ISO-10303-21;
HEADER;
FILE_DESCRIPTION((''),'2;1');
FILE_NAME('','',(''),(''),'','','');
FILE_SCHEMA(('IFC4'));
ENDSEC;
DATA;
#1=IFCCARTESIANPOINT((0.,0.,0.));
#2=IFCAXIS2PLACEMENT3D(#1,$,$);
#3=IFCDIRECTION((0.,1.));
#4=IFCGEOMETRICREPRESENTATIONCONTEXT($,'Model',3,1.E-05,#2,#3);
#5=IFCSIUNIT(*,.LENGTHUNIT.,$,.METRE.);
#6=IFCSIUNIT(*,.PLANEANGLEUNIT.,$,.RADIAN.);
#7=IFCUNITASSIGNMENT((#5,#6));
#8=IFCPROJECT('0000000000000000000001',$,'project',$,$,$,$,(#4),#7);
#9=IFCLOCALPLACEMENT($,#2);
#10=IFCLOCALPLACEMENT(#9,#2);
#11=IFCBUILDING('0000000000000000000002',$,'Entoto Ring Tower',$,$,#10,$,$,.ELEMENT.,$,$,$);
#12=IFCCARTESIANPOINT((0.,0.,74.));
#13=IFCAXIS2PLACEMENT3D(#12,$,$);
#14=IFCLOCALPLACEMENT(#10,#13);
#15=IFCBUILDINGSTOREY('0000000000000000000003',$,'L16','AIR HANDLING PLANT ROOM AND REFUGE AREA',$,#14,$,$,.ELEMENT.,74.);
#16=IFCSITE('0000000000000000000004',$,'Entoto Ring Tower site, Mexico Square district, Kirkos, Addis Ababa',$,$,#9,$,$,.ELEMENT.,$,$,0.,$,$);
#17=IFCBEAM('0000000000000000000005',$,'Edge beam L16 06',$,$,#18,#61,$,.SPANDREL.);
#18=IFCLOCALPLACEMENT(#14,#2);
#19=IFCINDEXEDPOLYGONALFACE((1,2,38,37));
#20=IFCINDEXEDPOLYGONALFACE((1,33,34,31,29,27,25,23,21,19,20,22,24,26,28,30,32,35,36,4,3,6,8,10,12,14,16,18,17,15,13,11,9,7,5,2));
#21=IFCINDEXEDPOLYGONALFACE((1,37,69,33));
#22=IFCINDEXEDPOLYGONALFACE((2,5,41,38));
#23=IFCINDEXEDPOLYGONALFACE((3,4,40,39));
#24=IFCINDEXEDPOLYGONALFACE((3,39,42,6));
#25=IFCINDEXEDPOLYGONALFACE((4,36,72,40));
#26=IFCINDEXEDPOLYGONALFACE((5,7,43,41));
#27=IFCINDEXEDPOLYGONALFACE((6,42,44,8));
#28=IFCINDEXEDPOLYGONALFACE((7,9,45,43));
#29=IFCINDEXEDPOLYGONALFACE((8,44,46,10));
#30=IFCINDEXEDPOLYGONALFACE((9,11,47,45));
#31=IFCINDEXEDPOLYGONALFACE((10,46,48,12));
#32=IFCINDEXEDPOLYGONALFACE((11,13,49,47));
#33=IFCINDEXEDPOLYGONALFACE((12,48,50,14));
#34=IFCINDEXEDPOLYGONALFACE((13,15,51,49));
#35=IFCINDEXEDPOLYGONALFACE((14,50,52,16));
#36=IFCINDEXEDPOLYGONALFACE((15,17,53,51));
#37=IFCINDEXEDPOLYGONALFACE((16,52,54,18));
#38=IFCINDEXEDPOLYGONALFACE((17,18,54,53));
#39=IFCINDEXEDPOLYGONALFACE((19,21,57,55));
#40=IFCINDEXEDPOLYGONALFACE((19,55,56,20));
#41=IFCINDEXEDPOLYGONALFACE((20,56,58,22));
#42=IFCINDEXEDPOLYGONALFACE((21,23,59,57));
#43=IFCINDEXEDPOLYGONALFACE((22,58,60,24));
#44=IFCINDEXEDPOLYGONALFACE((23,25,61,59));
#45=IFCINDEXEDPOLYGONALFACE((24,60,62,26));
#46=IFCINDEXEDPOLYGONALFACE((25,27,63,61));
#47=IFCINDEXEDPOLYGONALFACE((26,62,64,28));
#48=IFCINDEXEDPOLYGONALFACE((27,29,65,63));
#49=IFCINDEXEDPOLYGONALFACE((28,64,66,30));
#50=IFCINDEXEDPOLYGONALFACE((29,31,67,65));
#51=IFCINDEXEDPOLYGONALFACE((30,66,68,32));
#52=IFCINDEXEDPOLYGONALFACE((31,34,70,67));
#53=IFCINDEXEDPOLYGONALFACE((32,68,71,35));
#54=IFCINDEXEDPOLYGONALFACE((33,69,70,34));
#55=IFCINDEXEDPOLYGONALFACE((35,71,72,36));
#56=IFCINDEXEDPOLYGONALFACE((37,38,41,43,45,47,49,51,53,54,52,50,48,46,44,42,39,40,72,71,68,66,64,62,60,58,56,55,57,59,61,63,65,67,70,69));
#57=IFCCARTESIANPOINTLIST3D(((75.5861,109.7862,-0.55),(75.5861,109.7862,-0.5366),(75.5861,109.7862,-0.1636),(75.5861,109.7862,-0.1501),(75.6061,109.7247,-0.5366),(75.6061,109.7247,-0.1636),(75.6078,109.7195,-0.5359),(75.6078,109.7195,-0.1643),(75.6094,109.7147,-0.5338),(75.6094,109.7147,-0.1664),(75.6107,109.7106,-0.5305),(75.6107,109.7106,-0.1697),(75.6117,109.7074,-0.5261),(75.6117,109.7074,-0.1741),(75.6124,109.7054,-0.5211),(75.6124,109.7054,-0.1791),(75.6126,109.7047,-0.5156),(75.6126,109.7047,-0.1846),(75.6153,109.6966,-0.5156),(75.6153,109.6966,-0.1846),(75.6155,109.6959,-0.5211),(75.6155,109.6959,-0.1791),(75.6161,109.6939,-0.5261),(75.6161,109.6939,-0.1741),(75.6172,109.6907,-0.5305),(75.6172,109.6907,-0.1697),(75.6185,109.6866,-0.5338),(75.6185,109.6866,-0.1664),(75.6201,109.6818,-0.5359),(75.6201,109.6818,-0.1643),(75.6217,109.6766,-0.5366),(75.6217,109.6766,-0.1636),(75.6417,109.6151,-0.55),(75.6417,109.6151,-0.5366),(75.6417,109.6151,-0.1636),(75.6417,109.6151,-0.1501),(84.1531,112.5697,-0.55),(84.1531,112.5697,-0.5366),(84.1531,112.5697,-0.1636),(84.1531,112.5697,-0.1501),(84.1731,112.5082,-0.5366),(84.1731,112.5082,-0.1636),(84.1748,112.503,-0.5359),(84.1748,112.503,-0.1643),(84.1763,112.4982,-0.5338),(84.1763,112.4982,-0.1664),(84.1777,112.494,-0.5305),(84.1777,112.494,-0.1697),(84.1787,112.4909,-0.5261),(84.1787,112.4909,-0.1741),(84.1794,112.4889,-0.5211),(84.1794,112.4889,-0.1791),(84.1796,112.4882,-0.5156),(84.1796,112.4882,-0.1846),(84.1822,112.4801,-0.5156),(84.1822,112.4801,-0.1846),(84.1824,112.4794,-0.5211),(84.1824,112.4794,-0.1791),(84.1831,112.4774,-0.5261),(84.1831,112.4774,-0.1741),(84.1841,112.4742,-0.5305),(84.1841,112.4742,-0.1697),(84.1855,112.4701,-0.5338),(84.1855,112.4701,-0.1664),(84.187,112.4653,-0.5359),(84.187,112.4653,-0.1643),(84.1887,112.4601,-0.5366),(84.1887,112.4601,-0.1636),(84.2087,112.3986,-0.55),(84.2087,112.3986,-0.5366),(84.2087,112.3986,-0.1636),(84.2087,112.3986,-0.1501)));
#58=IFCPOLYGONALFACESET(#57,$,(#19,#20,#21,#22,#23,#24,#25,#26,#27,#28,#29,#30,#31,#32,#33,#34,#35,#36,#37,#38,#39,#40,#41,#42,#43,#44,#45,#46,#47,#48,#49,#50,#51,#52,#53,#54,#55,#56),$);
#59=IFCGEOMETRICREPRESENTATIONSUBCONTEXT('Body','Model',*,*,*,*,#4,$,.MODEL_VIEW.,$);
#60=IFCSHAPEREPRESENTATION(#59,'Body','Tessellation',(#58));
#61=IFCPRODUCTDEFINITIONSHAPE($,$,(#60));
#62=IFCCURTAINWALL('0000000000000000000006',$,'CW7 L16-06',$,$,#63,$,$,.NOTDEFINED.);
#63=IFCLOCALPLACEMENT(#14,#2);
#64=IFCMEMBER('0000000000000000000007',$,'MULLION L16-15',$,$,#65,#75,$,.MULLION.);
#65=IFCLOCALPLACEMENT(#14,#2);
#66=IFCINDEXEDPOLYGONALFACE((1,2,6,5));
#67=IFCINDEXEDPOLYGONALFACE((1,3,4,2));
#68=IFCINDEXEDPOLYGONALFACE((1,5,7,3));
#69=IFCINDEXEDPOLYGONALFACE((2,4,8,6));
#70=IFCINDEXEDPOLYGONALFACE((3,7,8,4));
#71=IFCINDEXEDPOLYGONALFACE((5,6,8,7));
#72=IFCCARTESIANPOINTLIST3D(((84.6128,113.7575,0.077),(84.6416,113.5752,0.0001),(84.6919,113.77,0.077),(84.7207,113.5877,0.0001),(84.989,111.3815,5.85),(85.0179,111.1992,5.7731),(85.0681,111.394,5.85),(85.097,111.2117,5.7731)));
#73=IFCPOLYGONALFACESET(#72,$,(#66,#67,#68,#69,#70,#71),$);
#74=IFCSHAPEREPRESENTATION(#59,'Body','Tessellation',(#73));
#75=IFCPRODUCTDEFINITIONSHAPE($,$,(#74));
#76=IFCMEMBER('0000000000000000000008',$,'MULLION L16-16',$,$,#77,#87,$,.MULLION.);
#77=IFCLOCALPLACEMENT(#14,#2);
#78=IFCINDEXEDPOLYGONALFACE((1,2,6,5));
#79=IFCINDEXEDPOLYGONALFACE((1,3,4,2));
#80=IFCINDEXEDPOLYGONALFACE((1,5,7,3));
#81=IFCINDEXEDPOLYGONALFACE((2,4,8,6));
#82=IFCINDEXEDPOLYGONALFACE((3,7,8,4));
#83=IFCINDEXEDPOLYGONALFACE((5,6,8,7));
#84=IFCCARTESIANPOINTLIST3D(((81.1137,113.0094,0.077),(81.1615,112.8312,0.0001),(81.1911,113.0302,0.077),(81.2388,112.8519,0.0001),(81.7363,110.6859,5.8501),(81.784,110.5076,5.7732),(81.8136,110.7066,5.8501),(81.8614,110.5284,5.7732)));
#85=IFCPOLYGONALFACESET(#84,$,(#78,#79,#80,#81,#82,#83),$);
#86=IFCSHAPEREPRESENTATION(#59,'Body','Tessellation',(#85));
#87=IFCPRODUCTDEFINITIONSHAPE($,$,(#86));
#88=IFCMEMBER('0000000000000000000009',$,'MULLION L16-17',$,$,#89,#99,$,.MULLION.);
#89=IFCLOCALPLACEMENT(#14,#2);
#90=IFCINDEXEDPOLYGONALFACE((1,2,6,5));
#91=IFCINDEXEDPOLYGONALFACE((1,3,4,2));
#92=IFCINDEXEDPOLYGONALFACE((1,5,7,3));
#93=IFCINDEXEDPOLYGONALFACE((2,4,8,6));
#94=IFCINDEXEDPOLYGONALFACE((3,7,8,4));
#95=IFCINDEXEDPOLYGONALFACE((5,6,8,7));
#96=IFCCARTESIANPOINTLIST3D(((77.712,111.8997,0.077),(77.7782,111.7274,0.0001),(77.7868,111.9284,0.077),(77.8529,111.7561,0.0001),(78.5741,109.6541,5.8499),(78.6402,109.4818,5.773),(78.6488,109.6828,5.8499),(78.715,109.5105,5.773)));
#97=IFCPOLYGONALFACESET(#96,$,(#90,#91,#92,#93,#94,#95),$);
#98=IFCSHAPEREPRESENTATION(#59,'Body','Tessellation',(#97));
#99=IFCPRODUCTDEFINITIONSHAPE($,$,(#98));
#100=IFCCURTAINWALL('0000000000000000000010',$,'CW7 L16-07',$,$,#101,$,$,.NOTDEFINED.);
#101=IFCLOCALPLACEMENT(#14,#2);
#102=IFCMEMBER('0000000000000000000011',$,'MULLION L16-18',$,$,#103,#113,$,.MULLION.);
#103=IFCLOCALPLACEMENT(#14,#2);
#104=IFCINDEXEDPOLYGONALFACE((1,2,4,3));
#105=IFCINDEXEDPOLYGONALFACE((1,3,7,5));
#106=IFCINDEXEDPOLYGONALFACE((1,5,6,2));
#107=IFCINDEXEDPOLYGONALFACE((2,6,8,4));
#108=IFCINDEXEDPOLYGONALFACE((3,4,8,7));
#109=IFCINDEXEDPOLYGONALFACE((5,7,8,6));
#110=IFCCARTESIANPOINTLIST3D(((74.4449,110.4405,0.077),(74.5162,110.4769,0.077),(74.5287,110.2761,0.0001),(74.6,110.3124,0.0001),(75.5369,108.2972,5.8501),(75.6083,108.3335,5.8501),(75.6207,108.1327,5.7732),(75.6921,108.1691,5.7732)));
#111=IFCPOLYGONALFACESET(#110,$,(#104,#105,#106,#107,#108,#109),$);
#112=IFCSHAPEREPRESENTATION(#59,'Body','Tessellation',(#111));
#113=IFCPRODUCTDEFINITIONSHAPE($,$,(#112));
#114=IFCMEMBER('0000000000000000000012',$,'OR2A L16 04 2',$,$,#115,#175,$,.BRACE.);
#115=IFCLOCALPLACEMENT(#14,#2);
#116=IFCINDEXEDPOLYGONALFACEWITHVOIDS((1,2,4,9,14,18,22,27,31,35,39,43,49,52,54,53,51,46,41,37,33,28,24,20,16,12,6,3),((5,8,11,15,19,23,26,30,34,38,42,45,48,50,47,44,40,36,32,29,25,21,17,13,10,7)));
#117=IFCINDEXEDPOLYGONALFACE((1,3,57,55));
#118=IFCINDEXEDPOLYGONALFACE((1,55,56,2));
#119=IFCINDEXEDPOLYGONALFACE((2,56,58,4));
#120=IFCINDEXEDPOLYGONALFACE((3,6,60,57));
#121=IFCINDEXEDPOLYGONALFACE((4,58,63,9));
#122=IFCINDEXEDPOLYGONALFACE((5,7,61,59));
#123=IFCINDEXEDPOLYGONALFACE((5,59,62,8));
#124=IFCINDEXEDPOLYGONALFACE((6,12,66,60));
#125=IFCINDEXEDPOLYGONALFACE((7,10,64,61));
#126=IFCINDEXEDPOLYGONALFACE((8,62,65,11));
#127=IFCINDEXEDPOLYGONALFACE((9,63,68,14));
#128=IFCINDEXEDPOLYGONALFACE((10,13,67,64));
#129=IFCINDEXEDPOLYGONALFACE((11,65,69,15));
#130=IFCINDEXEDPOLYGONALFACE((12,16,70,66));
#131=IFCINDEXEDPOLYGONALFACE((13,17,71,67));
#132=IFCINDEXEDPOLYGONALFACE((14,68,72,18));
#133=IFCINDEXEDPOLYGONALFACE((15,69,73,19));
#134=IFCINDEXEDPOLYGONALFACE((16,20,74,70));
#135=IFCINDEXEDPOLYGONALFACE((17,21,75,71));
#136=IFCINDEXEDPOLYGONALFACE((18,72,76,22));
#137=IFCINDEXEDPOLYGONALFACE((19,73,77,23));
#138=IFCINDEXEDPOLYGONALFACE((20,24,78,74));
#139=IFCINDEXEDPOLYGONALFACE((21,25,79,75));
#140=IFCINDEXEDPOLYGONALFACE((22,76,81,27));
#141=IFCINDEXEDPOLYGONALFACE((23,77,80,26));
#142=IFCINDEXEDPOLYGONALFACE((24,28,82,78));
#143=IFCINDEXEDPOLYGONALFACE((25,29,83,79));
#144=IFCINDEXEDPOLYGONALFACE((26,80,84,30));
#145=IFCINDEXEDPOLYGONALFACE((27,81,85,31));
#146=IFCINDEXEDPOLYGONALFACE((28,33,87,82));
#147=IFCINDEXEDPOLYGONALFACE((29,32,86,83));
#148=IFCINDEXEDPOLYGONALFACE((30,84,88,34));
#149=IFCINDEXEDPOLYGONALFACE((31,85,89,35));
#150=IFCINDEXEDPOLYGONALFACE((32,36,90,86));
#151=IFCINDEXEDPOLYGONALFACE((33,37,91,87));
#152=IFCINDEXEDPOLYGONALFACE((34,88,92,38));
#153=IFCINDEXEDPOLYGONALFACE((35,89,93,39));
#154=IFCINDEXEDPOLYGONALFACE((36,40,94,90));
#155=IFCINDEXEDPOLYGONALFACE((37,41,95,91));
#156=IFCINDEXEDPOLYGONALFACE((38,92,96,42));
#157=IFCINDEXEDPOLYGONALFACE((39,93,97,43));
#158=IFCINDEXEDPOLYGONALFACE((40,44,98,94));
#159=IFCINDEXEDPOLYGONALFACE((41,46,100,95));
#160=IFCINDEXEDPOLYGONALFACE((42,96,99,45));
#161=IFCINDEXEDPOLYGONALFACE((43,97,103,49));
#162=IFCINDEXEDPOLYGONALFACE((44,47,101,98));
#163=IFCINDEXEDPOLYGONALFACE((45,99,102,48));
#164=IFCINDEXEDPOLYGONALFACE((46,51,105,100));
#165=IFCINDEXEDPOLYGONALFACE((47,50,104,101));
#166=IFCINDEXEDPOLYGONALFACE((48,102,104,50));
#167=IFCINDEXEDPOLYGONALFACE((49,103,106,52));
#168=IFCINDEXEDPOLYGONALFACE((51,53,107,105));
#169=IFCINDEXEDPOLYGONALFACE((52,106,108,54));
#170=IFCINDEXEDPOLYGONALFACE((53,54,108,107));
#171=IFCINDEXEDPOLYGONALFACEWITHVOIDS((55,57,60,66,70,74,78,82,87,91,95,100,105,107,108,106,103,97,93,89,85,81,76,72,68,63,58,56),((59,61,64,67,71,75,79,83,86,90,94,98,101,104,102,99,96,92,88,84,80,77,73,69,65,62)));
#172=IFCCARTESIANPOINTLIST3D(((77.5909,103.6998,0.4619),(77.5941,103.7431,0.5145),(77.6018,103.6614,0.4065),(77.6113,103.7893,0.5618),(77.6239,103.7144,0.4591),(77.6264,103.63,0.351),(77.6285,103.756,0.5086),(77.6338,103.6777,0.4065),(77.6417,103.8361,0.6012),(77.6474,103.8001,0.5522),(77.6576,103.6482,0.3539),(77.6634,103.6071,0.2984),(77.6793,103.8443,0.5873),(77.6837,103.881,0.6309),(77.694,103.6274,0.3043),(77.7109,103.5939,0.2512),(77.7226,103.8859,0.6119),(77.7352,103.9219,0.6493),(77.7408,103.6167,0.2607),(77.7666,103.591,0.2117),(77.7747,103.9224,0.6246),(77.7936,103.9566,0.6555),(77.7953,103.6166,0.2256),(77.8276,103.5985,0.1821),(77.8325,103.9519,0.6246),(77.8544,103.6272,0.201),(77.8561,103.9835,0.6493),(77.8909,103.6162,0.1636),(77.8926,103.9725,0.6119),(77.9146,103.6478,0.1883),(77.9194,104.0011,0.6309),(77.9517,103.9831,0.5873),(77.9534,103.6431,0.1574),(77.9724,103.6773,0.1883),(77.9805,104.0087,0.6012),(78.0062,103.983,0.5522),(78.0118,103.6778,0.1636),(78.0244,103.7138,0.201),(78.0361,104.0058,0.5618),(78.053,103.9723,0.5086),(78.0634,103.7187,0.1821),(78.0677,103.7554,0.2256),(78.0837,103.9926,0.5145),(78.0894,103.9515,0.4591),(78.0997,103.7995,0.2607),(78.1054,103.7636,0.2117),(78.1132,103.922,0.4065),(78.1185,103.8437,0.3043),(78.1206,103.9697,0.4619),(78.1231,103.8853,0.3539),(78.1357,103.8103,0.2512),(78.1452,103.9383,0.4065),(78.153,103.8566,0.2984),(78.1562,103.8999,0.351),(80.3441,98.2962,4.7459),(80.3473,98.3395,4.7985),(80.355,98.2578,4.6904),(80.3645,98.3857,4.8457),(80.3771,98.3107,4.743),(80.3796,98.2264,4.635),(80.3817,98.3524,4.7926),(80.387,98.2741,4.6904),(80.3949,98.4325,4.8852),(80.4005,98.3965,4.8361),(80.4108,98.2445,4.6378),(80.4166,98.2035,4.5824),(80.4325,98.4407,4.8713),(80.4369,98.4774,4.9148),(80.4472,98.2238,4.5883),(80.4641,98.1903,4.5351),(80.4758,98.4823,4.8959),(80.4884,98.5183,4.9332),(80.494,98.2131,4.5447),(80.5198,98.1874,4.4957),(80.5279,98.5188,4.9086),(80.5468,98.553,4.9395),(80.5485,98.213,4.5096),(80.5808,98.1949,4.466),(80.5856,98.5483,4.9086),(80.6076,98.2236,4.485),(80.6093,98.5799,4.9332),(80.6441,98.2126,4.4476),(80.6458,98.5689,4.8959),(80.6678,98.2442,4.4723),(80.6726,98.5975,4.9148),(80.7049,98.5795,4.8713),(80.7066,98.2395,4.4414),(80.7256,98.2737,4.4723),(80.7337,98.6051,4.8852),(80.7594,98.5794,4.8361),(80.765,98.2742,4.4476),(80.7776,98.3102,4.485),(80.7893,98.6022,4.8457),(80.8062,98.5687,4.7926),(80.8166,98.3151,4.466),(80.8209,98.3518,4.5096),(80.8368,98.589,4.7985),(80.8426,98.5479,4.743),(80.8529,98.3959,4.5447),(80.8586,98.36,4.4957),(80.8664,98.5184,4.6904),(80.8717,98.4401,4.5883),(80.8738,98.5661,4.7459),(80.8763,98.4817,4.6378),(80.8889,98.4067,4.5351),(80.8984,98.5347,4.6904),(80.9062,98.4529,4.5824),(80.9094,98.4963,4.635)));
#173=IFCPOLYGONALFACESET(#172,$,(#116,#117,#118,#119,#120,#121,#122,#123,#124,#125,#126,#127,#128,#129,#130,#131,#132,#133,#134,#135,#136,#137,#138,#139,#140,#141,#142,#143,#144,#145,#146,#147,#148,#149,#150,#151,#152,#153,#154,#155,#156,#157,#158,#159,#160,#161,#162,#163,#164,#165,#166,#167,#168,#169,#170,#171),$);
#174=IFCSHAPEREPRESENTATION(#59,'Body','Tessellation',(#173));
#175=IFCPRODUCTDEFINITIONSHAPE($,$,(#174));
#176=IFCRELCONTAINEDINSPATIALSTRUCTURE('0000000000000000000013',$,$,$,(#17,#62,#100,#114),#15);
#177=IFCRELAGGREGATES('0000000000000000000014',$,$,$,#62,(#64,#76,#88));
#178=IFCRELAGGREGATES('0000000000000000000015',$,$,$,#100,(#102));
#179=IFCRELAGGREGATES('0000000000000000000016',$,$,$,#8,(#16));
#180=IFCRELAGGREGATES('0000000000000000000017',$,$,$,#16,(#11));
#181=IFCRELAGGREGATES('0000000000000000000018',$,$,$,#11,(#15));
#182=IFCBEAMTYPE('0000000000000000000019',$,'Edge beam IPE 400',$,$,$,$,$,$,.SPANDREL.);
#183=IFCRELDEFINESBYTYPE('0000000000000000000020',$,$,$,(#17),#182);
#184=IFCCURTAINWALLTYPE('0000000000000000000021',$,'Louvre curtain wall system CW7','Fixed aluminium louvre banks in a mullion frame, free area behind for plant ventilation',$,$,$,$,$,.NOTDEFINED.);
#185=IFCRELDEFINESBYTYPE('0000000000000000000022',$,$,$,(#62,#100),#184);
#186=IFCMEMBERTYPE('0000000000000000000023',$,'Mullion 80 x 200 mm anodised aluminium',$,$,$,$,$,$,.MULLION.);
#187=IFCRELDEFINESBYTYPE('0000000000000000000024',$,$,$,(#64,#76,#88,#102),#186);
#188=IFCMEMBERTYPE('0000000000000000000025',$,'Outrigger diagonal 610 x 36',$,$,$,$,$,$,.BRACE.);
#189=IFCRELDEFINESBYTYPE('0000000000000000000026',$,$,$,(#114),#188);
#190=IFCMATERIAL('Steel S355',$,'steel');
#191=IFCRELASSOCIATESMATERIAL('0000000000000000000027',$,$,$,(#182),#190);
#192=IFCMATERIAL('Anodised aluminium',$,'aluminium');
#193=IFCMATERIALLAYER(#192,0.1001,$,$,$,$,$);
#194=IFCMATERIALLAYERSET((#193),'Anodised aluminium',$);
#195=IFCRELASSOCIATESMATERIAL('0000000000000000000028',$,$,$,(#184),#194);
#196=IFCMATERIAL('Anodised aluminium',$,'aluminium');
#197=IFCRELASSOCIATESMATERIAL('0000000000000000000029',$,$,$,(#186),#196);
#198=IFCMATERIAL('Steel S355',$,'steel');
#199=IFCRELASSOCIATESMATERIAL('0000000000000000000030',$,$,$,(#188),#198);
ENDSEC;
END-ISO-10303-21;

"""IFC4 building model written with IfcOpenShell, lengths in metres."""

from ifc_helpers import new_model, si_unit, direction, frame, origin, origin_2d, place, context, subcontext, project, spatial, rectangle, circle, hollow_circle, i_section, extrude, material, layer, layer_set, material_profile, profile_set, type_object, element, aggregate, save


model = new_model("IFC4")

# Units and contexts
model_context = context("Model", 3, precision=1e-05, world=origin(), true_north=direction((0.0, 1.0)))
body_context = subcontext(model_context, "Body", "Model", "MODEL_VIEW")
ifc_project = project(units=[si_unit("LENGTHUNIT", "METRE"), si_unit("PLANEANGLEUNIT", "RADIAN")], contexts=[model_context])

# Site, building, storey
site_placement = place(None, origin())
site = spatial("IfcSite", under=ifc_project, at=site_placement, Name="Entoto Ring Tower site, Mexico Square district, Kirkos, Addis Ababa", CompositionType="ELEMENT", RefElevation=0.0)
building_placement = place(site_placement, origin())
building = spatial("IfcBuilding", under=site, at=building_placement, Name="Entoto Ring Tower", CompositionType="ELEMENT")
storey_placement = place(building_placement, frame((0.0, 0.0, 74.0)))
storey = spatial("IfcBuildingStorey", under=building, at=storey_placement, Name="L16", Description="AIR HANDLING PLANT ROOM AND REFUGE AREA", CompositionType="ELEMENT", Elevation=74.0)

# Beam
ifc_material_1 = material(Name="Steel S355", Category="steel")
ifc_material_profile_1 = material_profile(ifc_material_1, i_section(OverallWidth=0.1799, OverallDepth=0.3999, WebThickness=0.0085, FlangeThickness=0.0134, FilletRadius=0.021, at=origin_2d()), Name="IPE 400")
ifc_profile_set_1 = profile_set([ifc_material_profile_1], Name="Steel S355")
beam_type_1 = type_object("IfcBeamType", Name="Edge beam IPE 400", PredefinedType="SPANDREL", material=ifc_profile_set_1)
beam_1_placement = place(storey_placement, frame((84.1809, 112.4841, -0.3501), z_axis=(-0.95106, -0.309006, 0.0), x_axis=(0.309006, -0.95106, 0.0)))
element("IfcBeam", 1, at=beam_1_placement, inside=storey, type_object=beam_type_1, Name="Edge beam L16 06", PredefinedType="SPANDREL", context=body_context, shape_type="SweptSolid", body=[
    extrude(i_section(OverallWidth=0.1799, OverallDepth=0.3999, WebThickness=0.0085, FlangeThickness=0.0134, FilletRadius=0.021, at=origin_2d()), origin(), (0.0, 0.0, 1.0), 9.0078),
])

# Curtain wall, members
ifc_material_2 = material(Name="Anodised aluminium", Category="aluminium")
ifc_layer_1 = layer(ifc_material_2, 0.1001)
ifc_layer_set_1 = layer_set([ifc_layer_1], Name="Anodised aluminium")
curtain_wall_type = type_object("IfcCurtainWallType", Name="Louvre curtain wall system CW7", Description="Fixed aluminium louvre banks in a mullion frame, free area behind for plant ventilation", PredefinedType="NOTDEFINED", material=ifc_layer_set_1)
curtain_wall_1_placement = place(storey_placement, origin())
curtain_wall_1 = element("IfcCurtainWall", 2, at=curtain_wall_1_placement, inside=storey, type_object=curtain_wall_type, Name="CW7 L16-06", PredefinedType="NOTDEFINED")
ifc_material_3 = material(Name="Anodised aluminium", Category="aluminium")
ifc_material_profile_2 = material_profile(ifc_material_3, rectangle(XDim=0.0801, YDim=0.2, at=origin_2d()), Name="Mullion 80 x 200 mm anodised aluminium")
ifc_profile_set_2 = profile_set([ifc_material_profile_2], Name="Anodised aluminium")
member_type_1 = type_object("IfcMemberType", Name="Mullion 80 x 200 mm anodised aluminium", PredefinedType="MULLION", material=ifc_profile_set_2)
member_1_placement = place(storey_placement, frame((84.6667, 113.6726, 0.0386), z_axis=(0.060156, -0.379907, 0.923067), x_axis=(0.987695, 0.156395, 0.0)))
member_1 = element("IfcMember", 3, at=member_1_placement, type_object=member_type_1, Name="MULLION L16-15", PredefinedType="MULLION", context=body_context, shape_type="SweptSolid", body=[
    extrude(rectangle(XDim=0.0801, YDim=0.2, at=origin_2d()), origin(), (0.0, 0.0, 1.0), 6.2542),
])
member_2_placement = place(storey_placement, frame((81.1763, 112.9307, 0.0386), z_axis=(0.099545, -0.371517, 0.923074), x_axis=(0.965928, 0.258812, 0.0)))
member_2 = element("IfcMember", 4, at=member_2_placement, type_object=member_type_1, Name="MULLION L16-16", PredefinedType="MULLION", context=body_context, shape_type="SweptSolid", body=[
    extrude(rectangle(XDim=0.0801, YDim=0.2, at=origin_2d()), origin(), (0.0, 0.0, 1.0), 6.2542),
])
member_3_placement = place(storey_placement, frame((77.7825, 111.8279, 0.0386), z_axis=(0.137841, -0.359066, 0.923077), x_axis=(0.933573, 0.358387, 0.0)))
member_3 = element("IfcMember", 5, at=member_3_placement, type_object=member_type_1, Name="MULLION L16-17", PredefinedType="MULLION", context=body_context, shape_type="SweptSolid", body=[
    extrude(rectangle(XDim=0.0801, YDim=0.2, at=origin_2d()), origin(), (0.0, 0.0, 1.0), 6.2539),
])
aggregate(curtain_wall_1, [member_1, member_2, member_3])

# Curtain wall, member
curtain_wall_2_placement = place(storey_placement, origin())
curtain_wall_2 = element("IfcCurtainWall", 6, at=curtain_wall_2_placement, inside=storey, type_object=curtain_wall_type, Name="CW7 L16-07", PredefinedType="NOTDEFINED")
member_4_placement = place(storey_placement, frame((74.5225, 110.3765, 0.0386), z_axis=(0.174613, -0.342707, 0.923072), x_axis=(0.891012, 0.453981, 0.0)))
member_4 = element("IfcMember", 7, at=member_4_placement, type_object=member_type_1, Name="MULLION L16-18", PredefinedType="MULLION", context=body_context, shape_type="SweptSolid", body=[
    extrude(rectangle(XDim=0.0801, YDim=0.2, at=origin_2d()), origin(), (0.0, 0.0, 1.0), 6.2542),
])
aggregate(curtain_wall_2, [member_4])

# Member
ifc_material_4 = material(Name="Steel S355", Category="steel")
ifc_material_profile_3 = material_profile(ifc_material_4, hollow_circle(Radius=0.3049, WallThickness=0.0359, at=origin_2d()), Name="CHS 610 x 36")
ifc_material_5 = material(Name="Concrete C60/75", Category="concrete")
ifc_material_profile_4 = material_profile(ifc_material_5, circle(Radius=0.269, at=origin_2d()), Name="Concrete C60/75 infill")
ifc_profile_set_3 = profile_set([ifc_material_profile_3, ifc_material_profile_4], Name="Steel S355")
member_type_2 = type_object("IfcMemberType", Name="Outrigger diagonal 610 x 36", PredefinedType="BRACE", material=ifc_profile_set_3)
member_5_placement = place(storey_placement, frame((80.6267, 98.3962, 4.6904), z_axis=(-0.370798, 0.727753, -0.576961), x_axis=(-0.891012, -0.45398, 0.0)))
element("IfcMember", 8, at=member_5_placement, inside=storey, type_object=member_type_2, Name="OR2A L16 04 2", PredefinedType="BRACE", context=body_context, shape_type="SweptSolid", body=[
    extrude(hollow_circle(Radius=0.3049, WallThickness=0.0359, at=origin_2d()), origin(), (0.0, 0.0, 1.0), 7.425),
])

save(model, "model.ifc")
